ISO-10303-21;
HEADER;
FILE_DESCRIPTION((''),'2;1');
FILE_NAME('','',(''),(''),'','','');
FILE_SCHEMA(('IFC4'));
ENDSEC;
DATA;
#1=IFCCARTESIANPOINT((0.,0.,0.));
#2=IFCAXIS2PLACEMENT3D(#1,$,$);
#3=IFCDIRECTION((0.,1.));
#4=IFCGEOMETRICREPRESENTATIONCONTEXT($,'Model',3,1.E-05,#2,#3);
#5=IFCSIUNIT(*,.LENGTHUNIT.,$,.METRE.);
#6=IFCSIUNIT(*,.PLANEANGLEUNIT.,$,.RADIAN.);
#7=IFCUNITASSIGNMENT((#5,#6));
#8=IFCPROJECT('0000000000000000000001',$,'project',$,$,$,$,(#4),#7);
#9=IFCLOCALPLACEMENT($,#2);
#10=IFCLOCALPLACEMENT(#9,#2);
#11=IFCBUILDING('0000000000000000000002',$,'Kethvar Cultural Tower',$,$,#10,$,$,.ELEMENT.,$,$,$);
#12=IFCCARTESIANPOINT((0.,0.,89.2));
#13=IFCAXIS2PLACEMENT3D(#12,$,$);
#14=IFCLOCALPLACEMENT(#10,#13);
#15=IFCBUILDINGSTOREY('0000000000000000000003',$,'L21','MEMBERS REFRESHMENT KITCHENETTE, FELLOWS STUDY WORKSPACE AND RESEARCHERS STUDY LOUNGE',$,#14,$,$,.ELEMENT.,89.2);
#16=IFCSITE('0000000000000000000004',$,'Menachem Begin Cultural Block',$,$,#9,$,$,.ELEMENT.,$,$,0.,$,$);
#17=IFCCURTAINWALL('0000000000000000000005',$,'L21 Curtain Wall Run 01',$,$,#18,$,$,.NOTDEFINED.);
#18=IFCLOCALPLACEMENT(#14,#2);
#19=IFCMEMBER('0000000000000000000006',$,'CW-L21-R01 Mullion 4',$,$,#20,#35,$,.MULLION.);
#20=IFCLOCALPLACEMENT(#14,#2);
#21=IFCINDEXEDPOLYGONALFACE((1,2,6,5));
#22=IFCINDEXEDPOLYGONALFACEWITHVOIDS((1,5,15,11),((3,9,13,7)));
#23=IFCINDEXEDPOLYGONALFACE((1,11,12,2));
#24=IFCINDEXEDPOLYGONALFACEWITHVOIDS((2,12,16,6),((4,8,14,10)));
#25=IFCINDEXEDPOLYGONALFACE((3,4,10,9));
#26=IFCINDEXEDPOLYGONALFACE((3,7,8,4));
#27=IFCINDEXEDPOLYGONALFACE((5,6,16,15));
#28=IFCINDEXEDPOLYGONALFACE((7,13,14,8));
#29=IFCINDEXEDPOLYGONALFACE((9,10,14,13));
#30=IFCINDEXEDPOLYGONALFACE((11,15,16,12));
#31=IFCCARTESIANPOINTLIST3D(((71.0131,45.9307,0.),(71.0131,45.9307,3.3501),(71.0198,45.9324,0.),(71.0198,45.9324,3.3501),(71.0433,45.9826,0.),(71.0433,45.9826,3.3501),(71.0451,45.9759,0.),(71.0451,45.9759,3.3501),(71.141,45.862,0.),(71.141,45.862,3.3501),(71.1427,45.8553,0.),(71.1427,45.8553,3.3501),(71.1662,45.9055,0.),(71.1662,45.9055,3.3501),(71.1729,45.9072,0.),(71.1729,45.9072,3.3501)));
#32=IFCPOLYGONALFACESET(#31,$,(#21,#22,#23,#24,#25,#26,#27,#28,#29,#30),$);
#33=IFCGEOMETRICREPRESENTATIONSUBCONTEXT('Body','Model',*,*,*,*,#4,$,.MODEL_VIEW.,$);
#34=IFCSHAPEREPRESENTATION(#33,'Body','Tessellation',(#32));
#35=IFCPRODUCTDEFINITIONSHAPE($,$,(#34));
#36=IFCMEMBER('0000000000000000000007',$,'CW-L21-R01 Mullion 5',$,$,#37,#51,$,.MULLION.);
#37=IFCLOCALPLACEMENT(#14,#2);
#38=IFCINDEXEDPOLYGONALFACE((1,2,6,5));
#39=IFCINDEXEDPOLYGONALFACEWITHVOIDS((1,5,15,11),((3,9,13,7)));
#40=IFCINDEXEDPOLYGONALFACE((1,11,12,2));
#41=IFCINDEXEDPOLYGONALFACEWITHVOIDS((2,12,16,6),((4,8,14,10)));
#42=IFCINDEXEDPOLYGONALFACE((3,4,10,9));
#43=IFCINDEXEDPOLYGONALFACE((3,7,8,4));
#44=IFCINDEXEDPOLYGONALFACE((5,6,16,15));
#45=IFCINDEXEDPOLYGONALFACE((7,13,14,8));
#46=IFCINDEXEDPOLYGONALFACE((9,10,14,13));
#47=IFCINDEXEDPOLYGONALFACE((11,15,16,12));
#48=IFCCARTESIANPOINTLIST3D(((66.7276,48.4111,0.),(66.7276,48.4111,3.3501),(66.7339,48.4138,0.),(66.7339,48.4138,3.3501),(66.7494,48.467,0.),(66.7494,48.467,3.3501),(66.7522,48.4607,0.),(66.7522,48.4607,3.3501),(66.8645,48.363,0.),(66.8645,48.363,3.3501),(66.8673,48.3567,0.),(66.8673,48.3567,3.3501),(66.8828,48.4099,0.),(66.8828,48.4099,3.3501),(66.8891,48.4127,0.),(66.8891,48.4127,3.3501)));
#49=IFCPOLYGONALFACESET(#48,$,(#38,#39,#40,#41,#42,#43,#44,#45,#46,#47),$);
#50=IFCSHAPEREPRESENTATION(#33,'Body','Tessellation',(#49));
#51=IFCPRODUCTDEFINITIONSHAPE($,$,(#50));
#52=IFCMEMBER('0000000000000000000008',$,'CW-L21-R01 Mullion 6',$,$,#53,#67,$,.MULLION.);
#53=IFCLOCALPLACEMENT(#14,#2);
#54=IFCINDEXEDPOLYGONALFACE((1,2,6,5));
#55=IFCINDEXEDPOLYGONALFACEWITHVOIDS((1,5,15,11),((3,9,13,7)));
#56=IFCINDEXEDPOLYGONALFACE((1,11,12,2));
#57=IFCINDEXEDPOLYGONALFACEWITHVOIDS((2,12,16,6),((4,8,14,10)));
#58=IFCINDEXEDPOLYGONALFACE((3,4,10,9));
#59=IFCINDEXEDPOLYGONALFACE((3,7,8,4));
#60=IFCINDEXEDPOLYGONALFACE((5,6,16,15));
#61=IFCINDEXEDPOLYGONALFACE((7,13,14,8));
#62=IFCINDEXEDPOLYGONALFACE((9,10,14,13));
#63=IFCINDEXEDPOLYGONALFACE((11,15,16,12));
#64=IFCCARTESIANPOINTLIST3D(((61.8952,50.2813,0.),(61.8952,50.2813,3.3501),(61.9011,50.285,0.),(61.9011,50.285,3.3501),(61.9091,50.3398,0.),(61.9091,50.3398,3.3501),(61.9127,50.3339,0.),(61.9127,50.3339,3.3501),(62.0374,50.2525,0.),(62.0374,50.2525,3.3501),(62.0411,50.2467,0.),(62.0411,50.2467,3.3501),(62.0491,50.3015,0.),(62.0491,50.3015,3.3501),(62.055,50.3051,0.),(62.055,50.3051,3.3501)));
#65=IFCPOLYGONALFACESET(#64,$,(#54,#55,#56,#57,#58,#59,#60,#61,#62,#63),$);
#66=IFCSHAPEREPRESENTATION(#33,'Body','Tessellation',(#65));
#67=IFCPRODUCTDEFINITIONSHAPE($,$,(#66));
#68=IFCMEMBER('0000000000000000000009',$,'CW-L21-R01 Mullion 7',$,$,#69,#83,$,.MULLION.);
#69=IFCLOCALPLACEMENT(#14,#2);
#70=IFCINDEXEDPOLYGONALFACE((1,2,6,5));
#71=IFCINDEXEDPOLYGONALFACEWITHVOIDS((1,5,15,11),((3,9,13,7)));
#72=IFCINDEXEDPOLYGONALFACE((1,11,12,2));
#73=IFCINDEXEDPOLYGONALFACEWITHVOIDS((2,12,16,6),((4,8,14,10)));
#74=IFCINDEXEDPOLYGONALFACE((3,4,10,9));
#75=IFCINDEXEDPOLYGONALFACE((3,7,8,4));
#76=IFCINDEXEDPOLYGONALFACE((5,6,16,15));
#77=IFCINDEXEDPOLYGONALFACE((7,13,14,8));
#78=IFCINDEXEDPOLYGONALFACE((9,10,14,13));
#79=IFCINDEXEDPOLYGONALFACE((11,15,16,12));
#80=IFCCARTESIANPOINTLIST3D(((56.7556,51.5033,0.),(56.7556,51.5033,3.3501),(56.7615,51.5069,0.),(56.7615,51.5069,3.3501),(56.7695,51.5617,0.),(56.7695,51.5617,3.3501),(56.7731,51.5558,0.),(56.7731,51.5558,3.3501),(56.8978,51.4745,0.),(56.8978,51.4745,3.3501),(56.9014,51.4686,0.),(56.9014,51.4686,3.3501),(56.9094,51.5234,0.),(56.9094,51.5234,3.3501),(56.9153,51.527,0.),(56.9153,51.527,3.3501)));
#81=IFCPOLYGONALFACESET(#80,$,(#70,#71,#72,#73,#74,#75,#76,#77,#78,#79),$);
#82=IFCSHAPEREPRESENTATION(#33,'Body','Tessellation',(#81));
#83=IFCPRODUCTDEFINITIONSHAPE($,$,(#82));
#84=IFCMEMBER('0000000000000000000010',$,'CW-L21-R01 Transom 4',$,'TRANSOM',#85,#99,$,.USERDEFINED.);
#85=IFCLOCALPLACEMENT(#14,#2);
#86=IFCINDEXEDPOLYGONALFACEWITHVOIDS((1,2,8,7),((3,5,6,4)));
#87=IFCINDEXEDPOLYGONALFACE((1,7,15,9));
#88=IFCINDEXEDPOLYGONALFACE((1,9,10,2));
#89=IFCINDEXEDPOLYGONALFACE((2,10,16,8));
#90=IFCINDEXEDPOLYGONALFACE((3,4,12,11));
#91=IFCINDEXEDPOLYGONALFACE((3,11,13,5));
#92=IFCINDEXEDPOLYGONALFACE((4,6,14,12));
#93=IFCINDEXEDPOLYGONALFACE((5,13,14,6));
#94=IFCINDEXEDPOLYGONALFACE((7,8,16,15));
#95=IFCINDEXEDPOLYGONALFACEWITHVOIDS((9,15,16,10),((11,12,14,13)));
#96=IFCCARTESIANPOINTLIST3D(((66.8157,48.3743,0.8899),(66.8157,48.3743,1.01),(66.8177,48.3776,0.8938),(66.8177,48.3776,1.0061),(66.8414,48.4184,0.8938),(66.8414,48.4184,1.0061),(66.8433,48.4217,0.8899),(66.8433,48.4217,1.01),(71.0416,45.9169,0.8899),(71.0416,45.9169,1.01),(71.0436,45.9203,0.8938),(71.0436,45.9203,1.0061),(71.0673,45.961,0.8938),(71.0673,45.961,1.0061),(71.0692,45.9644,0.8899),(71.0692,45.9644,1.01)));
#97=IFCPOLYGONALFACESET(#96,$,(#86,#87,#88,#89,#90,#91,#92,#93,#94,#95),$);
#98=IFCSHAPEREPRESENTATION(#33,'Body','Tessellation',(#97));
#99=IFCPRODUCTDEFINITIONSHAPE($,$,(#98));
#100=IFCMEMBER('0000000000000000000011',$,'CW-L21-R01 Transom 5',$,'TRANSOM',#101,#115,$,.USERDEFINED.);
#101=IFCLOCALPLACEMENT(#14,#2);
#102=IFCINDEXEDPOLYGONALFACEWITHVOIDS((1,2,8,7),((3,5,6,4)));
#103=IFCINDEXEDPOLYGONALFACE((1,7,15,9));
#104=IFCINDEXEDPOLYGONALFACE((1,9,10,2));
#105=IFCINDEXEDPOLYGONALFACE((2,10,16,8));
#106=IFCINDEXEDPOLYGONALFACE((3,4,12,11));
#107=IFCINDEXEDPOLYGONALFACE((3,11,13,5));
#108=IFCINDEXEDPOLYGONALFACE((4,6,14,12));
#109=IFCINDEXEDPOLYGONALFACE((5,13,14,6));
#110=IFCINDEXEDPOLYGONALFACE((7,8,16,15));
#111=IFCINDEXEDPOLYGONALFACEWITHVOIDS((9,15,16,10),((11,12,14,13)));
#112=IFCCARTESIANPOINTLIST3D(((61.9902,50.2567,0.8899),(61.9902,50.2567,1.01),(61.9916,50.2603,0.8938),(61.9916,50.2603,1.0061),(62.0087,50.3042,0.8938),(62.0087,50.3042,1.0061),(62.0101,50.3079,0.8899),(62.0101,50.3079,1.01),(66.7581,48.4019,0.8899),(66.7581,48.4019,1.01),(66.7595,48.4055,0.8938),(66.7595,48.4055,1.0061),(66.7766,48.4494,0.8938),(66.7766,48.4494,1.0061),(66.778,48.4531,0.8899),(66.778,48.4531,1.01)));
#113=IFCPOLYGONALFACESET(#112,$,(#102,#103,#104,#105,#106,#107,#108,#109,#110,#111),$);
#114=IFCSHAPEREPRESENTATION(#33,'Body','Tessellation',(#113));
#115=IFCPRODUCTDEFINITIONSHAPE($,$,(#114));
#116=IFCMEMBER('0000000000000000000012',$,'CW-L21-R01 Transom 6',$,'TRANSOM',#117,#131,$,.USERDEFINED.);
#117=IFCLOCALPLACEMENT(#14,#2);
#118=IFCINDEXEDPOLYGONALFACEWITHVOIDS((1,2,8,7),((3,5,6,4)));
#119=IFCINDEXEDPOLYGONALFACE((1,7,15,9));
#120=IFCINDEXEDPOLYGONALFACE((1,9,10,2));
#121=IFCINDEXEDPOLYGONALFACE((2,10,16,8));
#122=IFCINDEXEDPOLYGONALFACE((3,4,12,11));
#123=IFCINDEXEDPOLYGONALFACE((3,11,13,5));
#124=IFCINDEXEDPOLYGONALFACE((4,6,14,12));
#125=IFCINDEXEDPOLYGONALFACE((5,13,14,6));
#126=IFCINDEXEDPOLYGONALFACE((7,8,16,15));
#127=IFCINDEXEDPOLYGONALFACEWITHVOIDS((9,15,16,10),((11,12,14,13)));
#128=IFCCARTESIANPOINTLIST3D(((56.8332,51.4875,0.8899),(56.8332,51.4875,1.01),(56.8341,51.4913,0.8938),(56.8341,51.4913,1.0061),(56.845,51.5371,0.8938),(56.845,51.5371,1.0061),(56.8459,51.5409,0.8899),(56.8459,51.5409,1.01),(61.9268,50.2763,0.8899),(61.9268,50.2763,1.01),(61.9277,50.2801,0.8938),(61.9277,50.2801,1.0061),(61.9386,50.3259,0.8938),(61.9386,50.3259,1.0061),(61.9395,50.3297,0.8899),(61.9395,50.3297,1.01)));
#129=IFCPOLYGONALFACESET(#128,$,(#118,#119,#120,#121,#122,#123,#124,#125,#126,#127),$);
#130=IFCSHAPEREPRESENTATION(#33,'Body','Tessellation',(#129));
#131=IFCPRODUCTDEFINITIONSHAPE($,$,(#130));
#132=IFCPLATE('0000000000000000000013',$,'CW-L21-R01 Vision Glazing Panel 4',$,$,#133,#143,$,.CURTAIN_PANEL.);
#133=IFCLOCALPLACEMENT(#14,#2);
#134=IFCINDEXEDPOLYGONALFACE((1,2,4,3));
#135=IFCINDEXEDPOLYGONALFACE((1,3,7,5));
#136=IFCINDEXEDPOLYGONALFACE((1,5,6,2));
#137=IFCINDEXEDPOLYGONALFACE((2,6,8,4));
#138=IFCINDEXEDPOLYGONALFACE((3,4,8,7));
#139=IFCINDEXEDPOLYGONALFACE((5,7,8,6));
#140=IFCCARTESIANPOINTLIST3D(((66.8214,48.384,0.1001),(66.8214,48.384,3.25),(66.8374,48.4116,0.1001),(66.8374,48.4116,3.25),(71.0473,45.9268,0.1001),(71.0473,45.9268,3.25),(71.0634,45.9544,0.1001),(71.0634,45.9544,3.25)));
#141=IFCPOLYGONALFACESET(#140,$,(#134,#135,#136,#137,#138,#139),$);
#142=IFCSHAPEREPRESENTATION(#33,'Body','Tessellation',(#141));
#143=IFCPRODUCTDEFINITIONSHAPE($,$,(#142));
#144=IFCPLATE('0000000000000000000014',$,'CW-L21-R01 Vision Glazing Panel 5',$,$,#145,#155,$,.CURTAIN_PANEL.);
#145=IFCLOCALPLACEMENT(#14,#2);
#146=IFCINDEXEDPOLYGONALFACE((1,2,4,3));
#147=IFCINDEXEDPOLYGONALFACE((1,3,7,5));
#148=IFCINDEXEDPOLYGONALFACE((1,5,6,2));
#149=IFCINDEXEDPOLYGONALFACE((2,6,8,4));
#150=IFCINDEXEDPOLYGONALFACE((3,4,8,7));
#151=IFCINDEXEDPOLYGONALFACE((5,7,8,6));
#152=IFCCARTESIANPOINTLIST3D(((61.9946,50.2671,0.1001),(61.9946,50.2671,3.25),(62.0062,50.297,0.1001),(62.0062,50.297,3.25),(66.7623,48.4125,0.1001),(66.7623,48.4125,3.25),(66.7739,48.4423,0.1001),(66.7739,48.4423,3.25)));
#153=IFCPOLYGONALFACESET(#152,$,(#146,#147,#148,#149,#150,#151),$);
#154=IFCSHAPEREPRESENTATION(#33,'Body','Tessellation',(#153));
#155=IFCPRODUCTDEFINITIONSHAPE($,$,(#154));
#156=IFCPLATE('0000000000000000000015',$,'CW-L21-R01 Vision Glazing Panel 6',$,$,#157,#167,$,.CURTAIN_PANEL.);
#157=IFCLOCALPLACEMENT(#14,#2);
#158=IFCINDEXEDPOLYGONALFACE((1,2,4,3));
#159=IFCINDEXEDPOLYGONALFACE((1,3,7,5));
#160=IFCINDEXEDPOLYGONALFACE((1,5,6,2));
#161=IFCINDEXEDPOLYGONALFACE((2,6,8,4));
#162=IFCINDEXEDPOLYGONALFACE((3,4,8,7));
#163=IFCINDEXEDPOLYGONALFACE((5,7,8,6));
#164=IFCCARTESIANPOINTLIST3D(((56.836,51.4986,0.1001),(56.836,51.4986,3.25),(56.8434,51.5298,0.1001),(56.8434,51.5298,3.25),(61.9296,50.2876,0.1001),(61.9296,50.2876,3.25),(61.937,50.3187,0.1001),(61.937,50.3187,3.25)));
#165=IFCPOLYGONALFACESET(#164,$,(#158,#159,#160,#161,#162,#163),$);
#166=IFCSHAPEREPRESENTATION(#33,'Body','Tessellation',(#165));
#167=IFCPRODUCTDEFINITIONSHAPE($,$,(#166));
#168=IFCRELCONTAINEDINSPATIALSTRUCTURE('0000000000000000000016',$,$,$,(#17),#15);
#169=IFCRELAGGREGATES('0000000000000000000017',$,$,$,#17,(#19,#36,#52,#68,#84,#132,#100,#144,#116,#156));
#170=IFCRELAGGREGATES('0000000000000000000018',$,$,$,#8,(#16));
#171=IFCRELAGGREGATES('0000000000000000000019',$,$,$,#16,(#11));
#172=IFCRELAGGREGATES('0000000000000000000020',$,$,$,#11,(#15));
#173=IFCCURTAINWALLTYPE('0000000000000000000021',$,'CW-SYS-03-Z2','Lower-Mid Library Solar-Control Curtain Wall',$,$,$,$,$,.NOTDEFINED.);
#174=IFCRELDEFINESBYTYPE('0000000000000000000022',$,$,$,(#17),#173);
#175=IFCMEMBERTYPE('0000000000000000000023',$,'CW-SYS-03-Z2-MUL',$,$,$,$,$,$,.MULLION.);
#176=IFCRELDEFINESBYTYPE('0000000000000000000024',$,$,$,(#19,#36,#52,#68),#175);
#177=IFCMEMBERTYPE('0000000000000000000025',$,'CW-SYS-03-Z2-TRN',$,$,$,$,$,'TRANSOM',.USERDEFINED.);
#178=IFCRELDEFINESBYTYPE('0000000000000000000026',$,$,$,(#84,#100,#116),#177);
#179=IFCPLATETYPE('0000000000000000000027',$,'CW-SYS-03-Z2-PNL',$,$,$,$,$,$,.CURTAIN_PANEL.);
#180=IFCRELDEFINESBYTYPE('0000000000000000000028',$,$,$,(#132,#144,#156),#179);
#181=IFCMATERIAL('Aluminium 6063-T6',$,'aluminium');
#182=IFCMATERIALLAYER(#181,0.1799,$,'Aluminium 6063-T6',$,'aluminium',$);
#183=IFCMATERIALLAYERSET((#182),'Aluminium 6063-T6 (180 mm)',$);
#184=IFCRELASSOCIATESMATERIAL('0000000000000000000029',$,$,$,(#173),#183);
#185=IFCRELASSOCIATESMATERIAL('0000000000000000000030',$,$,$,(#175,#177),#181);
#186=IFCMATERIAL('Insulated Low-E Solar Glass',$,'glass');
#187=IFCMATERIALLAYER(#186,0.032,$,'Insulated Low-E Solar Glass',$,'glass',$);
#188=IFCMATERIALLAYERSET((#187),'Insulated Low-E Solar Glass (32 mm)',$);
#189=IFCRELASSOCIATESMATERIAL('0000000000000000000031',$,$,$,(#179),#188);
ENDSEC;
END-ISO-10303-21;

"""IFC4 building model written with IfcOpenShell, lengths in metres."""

from ifc_helpers import new_model, si_unit, direction, frame, origin, origin_2d, place, context, subcontext, project, spatial, rectangle, hollow_rectangle, extrude, source, transform, mapped, material, layer, layer_set, material_profile, profile_set, type_object, element, aggregate, save


model = new_model("IFC4")

# Units and contexts
model_context = context("Model", 3, precision=1e-05, world=origin(), true_north=direction((0.0, 1.0)))
body_context = subcontext(model_context, "Body", "Model", "MODEL_VIEW")
ifc_project = project(units=[si_unit("LENGTHUNIT", "METRE"), si_unit("PLANEANGLEUNIT", "RADIAN")], contexts=[model_context])

# Site, building, storey
site_placement = place(None, origin())
site = spatial("IfcSite", under=ifc_project, at=site_placement, Name="Menachem Begin Cultural Block", CompositionType="ELEMENT", RefElevation=0.0)
building_placement = place(site_placement, origin())
building = spatial("IfcBuilding", under=site, at=building_placement, Name="Kethvar Cultural Tower", CompositionType="ELEMENT")
storey_placement = place(building_placement, frame((0.0, 0.0, 89.2)))
storey = spatial("IfcBuildingStorey", under=building, at=storey_placement, Name="L21", Description="MEMBERS REFRESHMENT KITCHENETTE, FELLOWS STUDY WORKSPACE AND RESEARCHERS STUDY LOUNGE", CompositionType="ELEMENT", Elevation=89.2)

# Curtain wall, members, plates
ifc_material_1 = material(Name="Aluminium 6063-T6", Category="aluminium")
ifc_layer_1 = layer(ifc_material_1, 0.1799, Name="Aluminium 6063-T6", Category="aluminium")
ifc_layer_set_1 = layer_set([ifc_layer_1], Name="Aluminium 6063-T6 (180 mm)")
curtain_wall_type = type_object("IfcCurtainWallType", Name="CW-SYS-03-Z2", Description="Lower-Mid Library Solar-Control Curtain Wall", PredefinedType="NOTDEFINED", material=ifc_layer_set_1)
curtain_wall_placement = place(storey_placement, origin())
curtain_wall = element("IfcCurtainWall", 1, at=curtain_wall_placement, inside=storey, type_object=curtain_wall_type, Name="L21 Curtain Wall Run 01", PredefinedType="NOTDEFINED")
ifc_material_profile_1 = material_profile(ifc_material_1, hollow_rectangle(XDim=0.0601, YDim=0.1499, WallThickness=0.0049, at=origin_2d()), Name="Aluminium 6063-T6 — RHS150x60x5")
ifc_profile_set_1 = profile_set([ifc_material_profile_1], Name="Aluminium 6063-T6 — RHS150x60x5")
member_type_1 = type_object("IfcMemberType", Name="CW-SYS-03-Z2-MUL", PredefinedType="MULLION", material=ifc_profile_set_1)
shared_shape_1 = source(origin(), body_context, "Body", "SweptSolid", [
    extrude(hollow_rectangle(XDim=0.0601, YDim=0.1499, WallThickness=0.0049, at=origin_2d()), origin(), (0.0, 0.0, 1.0), 3.3501),
])
member_1_placement = place(storey_placement, frame((71.093, 45.9189, 0.0), z_axis=(0.0, 0.0, 1.0), x_axis=(-0.502658, -0.864485, 0.0)))
member_1 = element("IfcMember", 2, at=member_1_placement, type_object=member_type_1, Name="CW-L21-R01 Mullion 4", PredefinedType="MULLION", context=body_context, shape_type="MappedRepresentation", body=[
    mapped(shared_shape_1, transform((0.0, 0.0, 0.0), scale=1.0)),
])
member_2_placement = place(storey_placement, frame((66.8083, 48.4119, 0.0), z_axis=(0.0, 0.0, 1.0), x_axis=(-0.362536, -0.93197, 0.0)))
member_2 = element("IfcMember", 3, at=member_2_placement, type_object=member_type_1, Name="CW-L21-R01 Mullion 5", PredefinedType="MULLION", context=body_context, shape_type="MappedRepresentation", body=[
    mapped(shared_shape_1, transform((0.0, 0.0, 0.0), scale=1.0)),
])
member_3_placement = place(storey_placement, frame((61.9751, 50.2932, 0.0), z_axis=(0.0, 0.0, 1.0), x_axis=(-0.231306, -0.972881, 0.0)))
member_3 = element("IfcMember", 4, at=member_3_placement, type_object=member_type_1, Name="CW-L21-R01 Mullion 6", PredefinedType="MULLION", context=body_context, shape_type="MappedRepresentation", body=[
    mapped(shared_shape_1, transform((0.0, 0.0, 0.0), scale=1.0)),
])
member_4_placement = place(storey_placement, frame((56.8354, 51.5151, 0.0), z_axis=(0.0, 0.0, 1.0), x_axis=(-0.231306, -0.972881, 0.0)))
member_4 = element("IfcMember", 5, at=member_4_placement, type_object=member_type_1, Name="CW-L21-R01 Mullion 7", PredefinedType="MULLION", context=body_context, shape_type="MappedRepresentation", body=[
    mapped(shared_shape_1, transform((0.0, 0.0, 0.0), scale=1.0)),
])
ifc_material_profile_2 = material_profile(ifc_material_1, hollow_rectangle(XDim=0.0549, YDim=0.1201, WallThickness=0.0039, at=origin_2d()), Name="Aluminium 6063-T6 — RHS120x55x4")
ifc_profile_set_2 = profile_set([ifc_material_profile_2], Name="Aluminium 6063-T6 — RHS120x55x4")
member_type_2 = type_object("IfcMemberType", Name="CW-SYS-03-Z2-TRN", ElementType="TRANSOM", PredefinedType="USERDEFINED", material=ifc_profile_set_2)
shared_shape_2 = source(origin(), body_context, "Body", "SweptSolid", [
    extrude(hollow_rectangle(XDim=0.0549, YDim=0.1201, WallThickness=0.0039, at=origin_2d()), origin(), (0.0, 0.0, 1.0), 4.8884),
])
member_5_placement = place(storey_placement, frame((71.0554, 45.9407, 0.95), z_axis=(-0.864472, 0.502681, 0.0), x_axis=(-0.502681, -0.864472, 0.0)))
member_5 = element("IfcMember", 6, at=member_5_placement, type_object=member_type_2, Name="CW-L21-R01 Transom 4", ObjectType="TRANSOM", PredefinedType="USERDEFINED", context=body_context, shape_type="MappedRepresentation", body=[
    mapped(shared_shape_2, transform((0.0, 0.0, 0.0), scale=1.0)),
])
shared_shape_3 = source(origin(), body_context, "Body", "SweptSolid", [
    extrude(hollow_rectangle(XDim=0.0549, YDim=0.1201, WallThickness=0.0039, at=origin_2d()), origin(), (0.0, 0.0, 1.0), 5.116),
])
member_6_placement = place(storey_placement, frame((66.7681, 48.4275, 0.95), z_axis=(-0.931966, 0.362545, 0.0), x_axis=(-0.362545, -0.931966, 0.0)))
member_6 = element("IfcMember", 7, at=member_6_placement, type_object=member_type_2, Name="CW-L21-R01 Transom 5", ObjectType="TRANSOM", PredefinedType="USERDEFINED", context=body_context, shape_type="MappedRepresentation", body=[
    mapped(shared_shape_3, transform((0.0, 0.0, 0.0), scale=1.0)),
])
shared_shape_4 = source(origin(), body_context, "Body", "SweptSolid", [
    extrude(hollow_rectangle(XDim=0.0549, YDim=0.1201, WallThickness=0.0039, at=origin_2d()), origin(), (0.0, 0.0, 1.0), 5.2356),
])
member_7_placement = place(storey_placement, frame((61.9331, 50.303, 0.95), z_axis=(-0.972873, 0.231339, 0.0), x_axis=(-0.231339, -0.972873, 0.0)))
member_7 = element("IfcMember", 8, at=member_7_placement, type_object=member_type_2, Name="CW-L21-R01 Transom 6", ObjectType="TRANSOM", PredefinedType="USERDEFINED", context=body_context, shape_type="MappedRepresentation", body=[
    mapped(shared_shape_4, transform((0.0, 0.0, 0.0), scale=1.0)),
])
ifc_material_2 = material(Name="Insulated Low-E Solar Glass", Category="glass")
ifc_layer_2 = layer(ifc_material_2, 0.032, Name="Insulated Low-E Solar Glass", Category="glass")
ifc_layer_set_2 = layer_set([ifc_layer_2], Name="Insulated Low-E Solar Glass (32 mm)")
plate_type = type_object("IfcPlateType", Name="CW-SYS-03-Z2-PNL", PredefinedType="CURTAIN_PANEL", material=ifc_layer_set_2)
shared_shape_5 = source(origin(), body_context, "Body", "SweptSolid", [
    extrude(rectangle(XDim=4.8884, YDim=0.032, at=origin_2d()), origin(), (0.0, 0.0, 1.0), 3.1499),
])
plate_1_placement = place(storey_placement, frame((68.9424, 47.1692, 0.1001), z_axis=(0.0, 0.0, 1.0), x_axis=(-0.864485, 0.502658, 0.0)))
plate_1 = element("IfcPlate", 9, at=plate_1_placement, type_object=plate_type, Name="CW-L21-R01 Vision Glazing Panel 4", PredefinedType="CURTAIN_PANEL", context=body_context, shape_type="MappedRepresentation", body=[
    mapped(shared_shape_5, transform((0.0, 0.0, 0.0), scale=1.0)),
])
shared_shape_6 = source(origin(), body_context, "Body", "SweptSolid", [
    extrude(rectangle(XDim=5.1157, YDim=0.032, at=origin_2d()), origin(), (0.0, 0.0, 1.0), 3.1499),
])
plate_2_placement = place(storey_placement, frame((64.3843, 49.3547, 0.1001), z_axis=(0.0, 0.0, 1.0), x_axis=(-0.93197, 0.362536, 0.0)))
plate_2 = element("IfcPlate", 10, at=plate_2_placement, type_object=plate_type, Name="CW-L21-R01 Vision Glazing Panel 5", PredefinedType="CURTAIN_PANEL", context=body_context, shape_type="MappedRepresentation", body=[
    mapped(shared_shape_6, transform((0.0, 0.0, 0.0), scale=1.0)),
])
shared_shape_7 = source(origin(), body_context, "Body", "SweptSolid", [
    extrude(rectangle(XDim=5.2356, YDim=0.032, at=origin_2d()), origin(), (0.0, 0.0, 1.0), 3.1499),
])
plate_3_placement = place(storey_placement, frame((59.3865, 50.9087, 0.1001), z_axis=(0.0, 0.0, 1.0), x_axis=(-0.972881, 0.231306, 0.0)))
plate_3 = element("IfcPlate", 11, at=plate_3_placement, type_object=plate_type, Name="CW-L21-R01 Vision Glazing Panel 6", PredefinedType="CURTAIN_PANEL", context=body_context, shape_type="MappedRepresentation", body=[
    mapped(shared_shape_7, transform((0.0, 0.0, 0.0), scale=1.0)),
])
aggregate(curtain_wall, [member_1, member_2, member_3, member_4, member_5, plate_1, member_6, plate_2, member_7, plate_3])

save(model, "model.ifc")
